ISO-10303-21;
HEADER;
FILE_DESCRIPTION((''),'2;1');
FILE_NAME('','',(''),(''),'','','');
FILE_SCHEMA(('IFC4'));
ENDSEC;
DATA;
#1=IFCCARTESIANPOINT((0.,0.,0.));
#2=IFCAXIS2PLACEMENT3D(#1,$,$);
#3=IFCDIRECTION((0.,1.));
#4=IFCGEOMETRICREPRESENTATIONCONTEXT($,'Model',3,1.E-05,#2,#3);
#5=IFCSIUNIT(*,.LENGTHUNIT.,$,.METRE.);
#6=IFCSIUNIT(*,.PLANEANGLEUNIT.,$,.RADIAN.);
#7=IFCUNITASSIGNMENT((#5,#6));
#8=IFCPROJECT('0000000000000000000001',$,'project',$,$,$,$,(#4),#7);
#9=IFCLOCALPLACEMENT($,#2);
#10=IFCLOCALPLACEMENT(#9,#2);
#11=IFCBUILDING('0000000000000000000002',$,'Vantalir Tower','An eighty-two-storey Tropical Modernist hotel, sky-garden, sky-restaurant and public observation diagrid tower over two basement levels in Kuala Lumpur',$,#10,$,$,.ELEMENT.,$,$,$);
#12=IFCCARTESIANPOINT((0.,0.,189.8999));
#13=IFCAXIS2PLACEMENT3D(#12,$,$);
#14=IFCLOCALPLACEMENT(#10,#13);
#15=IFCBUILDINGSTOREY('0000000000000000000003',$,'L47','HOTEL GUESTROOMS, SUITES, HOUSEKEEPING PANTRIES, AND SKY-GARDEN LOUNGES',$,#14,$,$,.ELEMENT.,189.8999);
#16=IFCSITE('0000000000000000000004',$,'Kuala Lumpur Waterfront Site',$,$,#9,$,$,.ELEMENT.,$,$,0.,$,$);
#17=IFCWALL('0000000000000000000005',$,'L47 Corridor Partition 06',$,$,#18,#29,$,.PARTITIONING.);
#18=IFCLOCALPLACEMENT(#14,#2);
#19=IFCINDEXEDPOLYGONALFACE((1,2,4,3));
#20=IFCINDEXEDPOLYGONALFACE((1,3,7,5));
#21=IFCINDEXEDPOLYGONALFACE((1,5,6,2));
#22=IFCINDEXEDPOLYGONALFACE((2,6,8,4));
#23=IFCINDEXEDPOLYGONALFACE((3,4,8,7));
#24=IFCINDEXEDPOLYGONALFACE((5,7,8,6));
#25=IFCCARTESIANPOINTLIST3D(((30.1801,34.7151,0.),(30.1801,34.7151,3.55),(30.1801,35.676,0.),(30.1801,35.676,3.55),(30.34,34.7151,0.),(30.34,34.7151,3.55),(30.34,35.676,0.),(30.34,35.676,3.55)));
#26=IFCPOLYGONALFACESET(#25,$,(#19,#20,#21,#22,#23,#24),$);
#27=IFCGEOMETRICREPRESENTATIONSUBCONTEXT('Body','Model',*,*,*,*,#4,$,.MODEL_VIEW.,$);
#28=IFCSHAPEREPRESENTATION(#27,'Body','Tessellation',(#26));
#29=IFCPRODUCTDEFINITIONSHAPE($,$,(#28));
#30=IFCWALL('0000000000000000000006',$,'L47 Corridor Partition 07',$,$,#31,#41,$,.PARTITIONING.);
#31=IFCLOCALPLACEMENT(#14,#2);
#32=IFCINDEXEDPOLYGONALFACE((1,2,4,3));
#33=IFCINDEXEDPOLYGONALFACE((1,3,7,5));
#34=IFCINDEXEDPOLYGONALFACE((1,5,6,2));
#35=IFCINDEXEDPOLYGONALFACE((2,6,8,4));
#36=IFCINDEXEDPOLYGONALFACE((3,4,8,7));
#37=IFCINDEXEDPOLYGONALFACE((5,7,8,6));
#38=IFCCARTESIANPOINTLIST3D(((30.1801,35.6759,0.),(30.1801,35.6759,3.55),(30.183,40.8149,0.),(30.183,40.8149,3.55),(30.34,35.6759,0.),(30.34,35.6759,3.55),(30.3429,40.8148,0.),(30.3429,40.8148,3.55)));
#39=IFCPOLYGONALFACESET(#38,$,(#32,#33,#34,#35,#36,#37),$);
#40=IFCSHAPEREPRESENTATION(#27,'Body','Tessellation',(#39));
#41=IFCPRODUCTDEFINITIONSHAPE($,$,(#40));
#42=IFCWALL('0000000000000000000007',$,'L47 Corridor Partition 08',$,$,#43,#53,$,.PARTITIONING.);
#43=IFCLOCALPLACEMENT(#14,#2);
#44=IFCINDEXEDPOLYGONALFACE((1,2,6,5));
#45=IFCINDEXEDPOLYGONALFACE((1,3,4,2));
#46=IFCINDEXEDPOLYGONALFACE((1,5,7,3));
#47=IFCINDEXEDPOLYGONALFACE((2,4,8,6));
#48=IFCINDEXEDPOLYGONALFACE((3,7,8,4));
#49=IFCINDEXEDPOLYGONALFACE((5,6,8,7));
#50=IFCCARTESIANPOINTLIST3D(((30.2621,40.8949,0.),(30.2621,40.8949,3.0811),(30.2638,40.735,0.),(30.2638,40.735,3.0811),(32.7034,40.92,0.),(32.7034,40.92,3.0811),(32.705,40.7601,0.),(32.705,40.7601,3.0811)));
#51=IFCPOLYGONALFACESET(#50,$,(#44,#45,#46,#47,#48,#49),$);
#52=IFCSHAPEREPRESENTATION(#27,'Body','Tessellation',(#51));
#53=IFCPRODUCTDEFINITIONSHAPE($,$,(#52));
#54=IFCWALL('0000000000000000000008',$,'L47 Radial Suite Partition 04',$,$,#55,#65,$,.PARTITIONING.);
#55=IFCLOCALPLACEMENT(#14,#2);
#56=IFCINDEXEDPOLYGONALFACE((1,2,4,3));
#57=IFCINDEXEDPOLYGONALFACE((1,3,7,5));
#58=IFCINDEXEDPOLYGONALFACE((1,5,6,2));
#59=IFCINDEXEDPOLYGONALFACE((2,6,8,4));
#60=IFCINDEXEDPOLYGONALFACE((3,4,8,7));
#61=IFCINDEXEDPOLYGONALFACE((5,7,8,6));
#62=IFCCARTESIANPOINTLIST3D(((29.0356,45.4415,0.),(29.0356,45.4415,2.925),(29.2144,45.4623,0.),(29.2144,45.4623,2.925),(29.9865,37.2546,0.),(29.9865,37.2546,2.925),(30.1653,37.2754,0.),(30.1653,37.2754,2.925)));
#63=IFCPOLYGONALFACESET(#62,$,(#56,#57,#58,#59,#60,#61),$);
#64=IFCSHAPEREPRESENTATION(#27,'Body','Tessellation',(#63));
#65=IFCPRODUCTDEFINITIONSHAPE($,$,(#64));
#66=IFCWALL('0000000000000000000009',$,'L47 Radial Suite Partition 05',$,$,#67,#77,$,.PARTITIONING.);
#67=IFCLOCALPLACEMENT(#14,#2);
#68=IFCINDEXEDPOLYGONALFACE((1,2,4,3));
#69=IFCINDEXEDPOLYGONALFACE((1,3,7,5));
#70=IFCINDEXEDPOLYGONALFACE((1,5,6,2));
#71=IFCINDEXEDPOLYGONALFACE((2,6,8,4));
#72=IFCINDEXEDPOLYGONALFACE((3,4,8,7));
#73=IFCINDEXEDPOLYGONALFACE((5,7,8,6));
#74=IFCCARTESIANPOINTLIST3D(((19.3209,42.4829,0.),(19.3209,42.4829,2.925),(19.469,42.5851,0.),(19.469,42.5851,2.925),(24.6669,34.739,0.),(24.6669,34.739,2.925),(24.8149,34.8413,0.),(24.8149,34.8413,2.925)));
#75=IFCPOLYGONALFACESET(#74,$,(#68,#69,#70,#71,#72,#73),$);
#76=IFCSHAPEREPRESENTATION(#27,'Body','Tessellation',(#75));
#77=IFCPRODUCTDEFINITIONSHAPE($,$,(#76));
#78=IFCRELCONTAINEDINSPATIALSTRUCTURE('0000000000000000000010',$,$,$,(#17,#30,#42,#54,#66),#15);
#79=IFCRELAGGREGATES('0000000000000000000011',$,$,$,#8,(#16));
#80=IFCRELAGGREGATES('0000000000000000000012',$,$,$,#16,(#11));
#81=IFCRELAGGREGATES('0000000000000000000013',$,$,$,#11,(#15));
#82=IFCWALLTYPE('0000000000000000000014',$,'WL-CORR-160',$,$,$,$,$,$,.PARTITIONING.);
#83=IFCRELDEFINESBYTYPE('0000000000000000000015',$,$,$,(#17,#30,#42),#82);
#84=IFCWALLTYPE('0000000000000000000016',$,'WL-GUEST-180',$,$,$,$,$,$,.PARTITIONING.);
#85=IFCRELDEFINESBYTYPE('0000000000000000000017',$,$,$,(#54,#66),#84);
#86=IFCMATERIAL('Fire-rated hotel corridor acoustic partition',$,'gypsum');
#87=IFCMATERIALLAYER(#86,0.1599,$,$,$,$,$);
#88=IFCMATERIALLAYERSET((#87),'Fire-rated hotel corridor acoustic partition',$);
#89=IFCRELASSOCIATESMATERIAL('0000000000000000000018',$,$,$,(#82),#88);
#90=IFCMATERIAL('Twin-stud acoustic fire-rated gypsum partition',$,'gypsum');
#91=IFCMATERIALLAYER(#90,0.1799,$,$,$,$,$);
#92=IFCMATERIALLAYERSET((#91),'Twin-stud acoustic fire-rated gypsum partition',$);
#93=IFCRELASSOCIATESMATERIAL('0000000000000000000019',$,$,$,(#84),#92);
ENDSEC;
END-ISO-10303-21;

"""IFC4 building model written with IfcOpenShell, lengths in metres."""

from ifc_helpers import new_model, si_unit, direction, frame, frame_2d, origin, place, context, subcontext, project, spatial, rectangle, extrude, material, layer, layer_set, type_object, element, save


model = new_model("IFC4")

# Units and contexts
model_context = context("Model", 3, precision=1e-05, world=origin(), true_north=direction((0.0, 1.0)))
body_context = subcontext(model_context, "Body", "Model", "MODEL_VIEW")
ifc_project = project(units=[si_unit("LENGTHUNIT", "METRE"), si_unit("PLANEANGLEUNIT", "RADIAN")], contexts=[model_context])

# Site, building, storey
site_placement = place(None, origin())
site = spatial("IfcSite", under=ifc_project, at=site_placement, Name="Kuala Lumpur Waterfront Site", CompositionType="ELEMENT", RefElevation=0.0)
building_placement = place(site_placement, origin())
building = spatial("IfcBuilding", under=site, at=building_placement, Name="Vantalir Tower", Description="An eighty-two-storey Tropical Modernist hotel, sky-garden, sky-restaurant and public observation diagrid tower over two basement levels in Kuala Lumpur", CompositionType="ELEMENT")
storey_placement = place(building_placement, frame((0.0, 0.0, 189.8999)))
storey = spatial("IfcBuildingStorey", under=building, at=storey_placement, Name="L47", Description="HOTEL GUESTROOMS, SUITES, HOUSEKEEPING PANTRIES, AND SKY-GARDEN LOUNGES", CompositionType="ELEMENT", Elevation=189.8999)

# Shared definitions
ifc_material_1 = material(Name="Fire-rated hotel corridor acoustic partition", Category="gypsum")
ifc_layer_1 = layer(ifc_material_1, 0.1599)
ifc_layer_set_1 = layer_set([ifc_layer_1], Name="Fire-rated hotel corridor acoustic partition")
wall_type_1 = type_object("IfcWallType", Name="WL-CORR-160", PredefinedType="PARTITIONING", material=ifc_layer_set_1)

# Walls
wall_1_placement = place(storey_placement, frame((30.26, 34.7151, 0.0), z_axis=(0.0, 0.0, 1.0), x_axis=(0.0, 1.0, 0.0)))
element("IfcWall", 1, at=wall_1_placement, inside=storey, type_object=wall_type_1, Name="L47 Corridor Partition 06", PredefinedType="PARTITIONING", context=body_context, shape_type="SweptSolid", body=[
    extrude(rectangle(XDim=0.9609, YDim=0.1599, at=frame_2d((0.4805, 0.0))), origin(), (0.0, 0.0, 1.0), 3.55),
])
wall_2_placement = place(storey_placement, frame((30.26, 35.676, 0.0), z_axis=(0.0, 0.0, 1.0), x_axis=(0.00057, 1.0, 0.0)))
element("IfcWall", 2, at=wall_2_placement, inside=storey, type_object=wall_type_1, Name="L47 Corridor Partition 07", PredefinedType="PARTITIONING", context=body_context, shape_type="SweptSolid", body=[
    extrude(rectangle(XDim=5.1389, YDim=0.1599, at=frame_2d((2.5693, 0.0))), origin(), (0.0, 0.0, 1.0), 3.55),
])
wall_3_placement = place(storey_placement, frame((30.2629, 40.8149, 0.0), z_axis=(0.0, 0.0, 1.0), x_axis=(0.999947, 0.0103, 0.0)))
element("IfcWall", 3, at=wall_3_placement, inside=storey, type_object=wall_type_1, Name="L47 Corridor Partition 08", PredefinedType="PARTITIONING", context=body_context, shape_type="SweptSolid", body=[
    extrude(rectangle(XDim=2.4414, YDim=0.1599, at=frame_2d((1.2207, 0.0))), origin(), (0.0, 0.0, 1.0), 3.0811),
])
ifc_material_2 = material(Name="Twin-stud acoustic fire-rated gypsum partition", Category="gypsum")
ifc_layer_2 = layer(ifc_material_2, 0.1799)
ifc_layer_set_2 = layer_set([ifc_layer_2], Name="Twin-stud acoustic fire-rated gypsum partition")
wall_type_2 = type_object("IfcWallType", Name="WL-GUEST-180", PredefinedType="PARTITIONING", material=ifc_layer_set_2)
wall_4_placement = place(storey_placement, frame((30.0759, 37.2649, 0.0), z_axis=(0.0, 0.0, 1.0), x_axis=(-0.115375, 0.993322, 0.0)))
element("IfcWall", 4, at=wall_4_placement, inside=storey, type_object=wall_type_2, Name="L47 Radial Suite Partition 04", PredefinedType="PARTITIONING", context=body_context, shape_type="SweptSolid", body=[
    extrude(rectangle(XDim=8.2419, YDim=0.1799, at=frame_2d((4.1211, 0.0))), origin(), (0.0, 0.0, 1.0), 2.925),
])
wall_5_placement = place(storey_placement, frame((24.741, 34.79, 0.0), z_axis=(0.0, 0.0, 1.0), x_axis=(-0.568117, 0.822948, 0.0)))
element("IfcWall", 5, at=wall_5_placement, inside=storey, type_object=wall_type_2, Name="L47 Radial Suite Partition 05", PredefinedType="PARTITIONING", context=body_context, shape_type="SweptSolid", body=[
    extrude(rectangle(XDim=9.4099, YDim=0.1799, at=frame_2d((4.7051, 0.0))), origin(), (0.0, 0.0, 1.0), 2.925),
])

save(model, "model.ifc")
